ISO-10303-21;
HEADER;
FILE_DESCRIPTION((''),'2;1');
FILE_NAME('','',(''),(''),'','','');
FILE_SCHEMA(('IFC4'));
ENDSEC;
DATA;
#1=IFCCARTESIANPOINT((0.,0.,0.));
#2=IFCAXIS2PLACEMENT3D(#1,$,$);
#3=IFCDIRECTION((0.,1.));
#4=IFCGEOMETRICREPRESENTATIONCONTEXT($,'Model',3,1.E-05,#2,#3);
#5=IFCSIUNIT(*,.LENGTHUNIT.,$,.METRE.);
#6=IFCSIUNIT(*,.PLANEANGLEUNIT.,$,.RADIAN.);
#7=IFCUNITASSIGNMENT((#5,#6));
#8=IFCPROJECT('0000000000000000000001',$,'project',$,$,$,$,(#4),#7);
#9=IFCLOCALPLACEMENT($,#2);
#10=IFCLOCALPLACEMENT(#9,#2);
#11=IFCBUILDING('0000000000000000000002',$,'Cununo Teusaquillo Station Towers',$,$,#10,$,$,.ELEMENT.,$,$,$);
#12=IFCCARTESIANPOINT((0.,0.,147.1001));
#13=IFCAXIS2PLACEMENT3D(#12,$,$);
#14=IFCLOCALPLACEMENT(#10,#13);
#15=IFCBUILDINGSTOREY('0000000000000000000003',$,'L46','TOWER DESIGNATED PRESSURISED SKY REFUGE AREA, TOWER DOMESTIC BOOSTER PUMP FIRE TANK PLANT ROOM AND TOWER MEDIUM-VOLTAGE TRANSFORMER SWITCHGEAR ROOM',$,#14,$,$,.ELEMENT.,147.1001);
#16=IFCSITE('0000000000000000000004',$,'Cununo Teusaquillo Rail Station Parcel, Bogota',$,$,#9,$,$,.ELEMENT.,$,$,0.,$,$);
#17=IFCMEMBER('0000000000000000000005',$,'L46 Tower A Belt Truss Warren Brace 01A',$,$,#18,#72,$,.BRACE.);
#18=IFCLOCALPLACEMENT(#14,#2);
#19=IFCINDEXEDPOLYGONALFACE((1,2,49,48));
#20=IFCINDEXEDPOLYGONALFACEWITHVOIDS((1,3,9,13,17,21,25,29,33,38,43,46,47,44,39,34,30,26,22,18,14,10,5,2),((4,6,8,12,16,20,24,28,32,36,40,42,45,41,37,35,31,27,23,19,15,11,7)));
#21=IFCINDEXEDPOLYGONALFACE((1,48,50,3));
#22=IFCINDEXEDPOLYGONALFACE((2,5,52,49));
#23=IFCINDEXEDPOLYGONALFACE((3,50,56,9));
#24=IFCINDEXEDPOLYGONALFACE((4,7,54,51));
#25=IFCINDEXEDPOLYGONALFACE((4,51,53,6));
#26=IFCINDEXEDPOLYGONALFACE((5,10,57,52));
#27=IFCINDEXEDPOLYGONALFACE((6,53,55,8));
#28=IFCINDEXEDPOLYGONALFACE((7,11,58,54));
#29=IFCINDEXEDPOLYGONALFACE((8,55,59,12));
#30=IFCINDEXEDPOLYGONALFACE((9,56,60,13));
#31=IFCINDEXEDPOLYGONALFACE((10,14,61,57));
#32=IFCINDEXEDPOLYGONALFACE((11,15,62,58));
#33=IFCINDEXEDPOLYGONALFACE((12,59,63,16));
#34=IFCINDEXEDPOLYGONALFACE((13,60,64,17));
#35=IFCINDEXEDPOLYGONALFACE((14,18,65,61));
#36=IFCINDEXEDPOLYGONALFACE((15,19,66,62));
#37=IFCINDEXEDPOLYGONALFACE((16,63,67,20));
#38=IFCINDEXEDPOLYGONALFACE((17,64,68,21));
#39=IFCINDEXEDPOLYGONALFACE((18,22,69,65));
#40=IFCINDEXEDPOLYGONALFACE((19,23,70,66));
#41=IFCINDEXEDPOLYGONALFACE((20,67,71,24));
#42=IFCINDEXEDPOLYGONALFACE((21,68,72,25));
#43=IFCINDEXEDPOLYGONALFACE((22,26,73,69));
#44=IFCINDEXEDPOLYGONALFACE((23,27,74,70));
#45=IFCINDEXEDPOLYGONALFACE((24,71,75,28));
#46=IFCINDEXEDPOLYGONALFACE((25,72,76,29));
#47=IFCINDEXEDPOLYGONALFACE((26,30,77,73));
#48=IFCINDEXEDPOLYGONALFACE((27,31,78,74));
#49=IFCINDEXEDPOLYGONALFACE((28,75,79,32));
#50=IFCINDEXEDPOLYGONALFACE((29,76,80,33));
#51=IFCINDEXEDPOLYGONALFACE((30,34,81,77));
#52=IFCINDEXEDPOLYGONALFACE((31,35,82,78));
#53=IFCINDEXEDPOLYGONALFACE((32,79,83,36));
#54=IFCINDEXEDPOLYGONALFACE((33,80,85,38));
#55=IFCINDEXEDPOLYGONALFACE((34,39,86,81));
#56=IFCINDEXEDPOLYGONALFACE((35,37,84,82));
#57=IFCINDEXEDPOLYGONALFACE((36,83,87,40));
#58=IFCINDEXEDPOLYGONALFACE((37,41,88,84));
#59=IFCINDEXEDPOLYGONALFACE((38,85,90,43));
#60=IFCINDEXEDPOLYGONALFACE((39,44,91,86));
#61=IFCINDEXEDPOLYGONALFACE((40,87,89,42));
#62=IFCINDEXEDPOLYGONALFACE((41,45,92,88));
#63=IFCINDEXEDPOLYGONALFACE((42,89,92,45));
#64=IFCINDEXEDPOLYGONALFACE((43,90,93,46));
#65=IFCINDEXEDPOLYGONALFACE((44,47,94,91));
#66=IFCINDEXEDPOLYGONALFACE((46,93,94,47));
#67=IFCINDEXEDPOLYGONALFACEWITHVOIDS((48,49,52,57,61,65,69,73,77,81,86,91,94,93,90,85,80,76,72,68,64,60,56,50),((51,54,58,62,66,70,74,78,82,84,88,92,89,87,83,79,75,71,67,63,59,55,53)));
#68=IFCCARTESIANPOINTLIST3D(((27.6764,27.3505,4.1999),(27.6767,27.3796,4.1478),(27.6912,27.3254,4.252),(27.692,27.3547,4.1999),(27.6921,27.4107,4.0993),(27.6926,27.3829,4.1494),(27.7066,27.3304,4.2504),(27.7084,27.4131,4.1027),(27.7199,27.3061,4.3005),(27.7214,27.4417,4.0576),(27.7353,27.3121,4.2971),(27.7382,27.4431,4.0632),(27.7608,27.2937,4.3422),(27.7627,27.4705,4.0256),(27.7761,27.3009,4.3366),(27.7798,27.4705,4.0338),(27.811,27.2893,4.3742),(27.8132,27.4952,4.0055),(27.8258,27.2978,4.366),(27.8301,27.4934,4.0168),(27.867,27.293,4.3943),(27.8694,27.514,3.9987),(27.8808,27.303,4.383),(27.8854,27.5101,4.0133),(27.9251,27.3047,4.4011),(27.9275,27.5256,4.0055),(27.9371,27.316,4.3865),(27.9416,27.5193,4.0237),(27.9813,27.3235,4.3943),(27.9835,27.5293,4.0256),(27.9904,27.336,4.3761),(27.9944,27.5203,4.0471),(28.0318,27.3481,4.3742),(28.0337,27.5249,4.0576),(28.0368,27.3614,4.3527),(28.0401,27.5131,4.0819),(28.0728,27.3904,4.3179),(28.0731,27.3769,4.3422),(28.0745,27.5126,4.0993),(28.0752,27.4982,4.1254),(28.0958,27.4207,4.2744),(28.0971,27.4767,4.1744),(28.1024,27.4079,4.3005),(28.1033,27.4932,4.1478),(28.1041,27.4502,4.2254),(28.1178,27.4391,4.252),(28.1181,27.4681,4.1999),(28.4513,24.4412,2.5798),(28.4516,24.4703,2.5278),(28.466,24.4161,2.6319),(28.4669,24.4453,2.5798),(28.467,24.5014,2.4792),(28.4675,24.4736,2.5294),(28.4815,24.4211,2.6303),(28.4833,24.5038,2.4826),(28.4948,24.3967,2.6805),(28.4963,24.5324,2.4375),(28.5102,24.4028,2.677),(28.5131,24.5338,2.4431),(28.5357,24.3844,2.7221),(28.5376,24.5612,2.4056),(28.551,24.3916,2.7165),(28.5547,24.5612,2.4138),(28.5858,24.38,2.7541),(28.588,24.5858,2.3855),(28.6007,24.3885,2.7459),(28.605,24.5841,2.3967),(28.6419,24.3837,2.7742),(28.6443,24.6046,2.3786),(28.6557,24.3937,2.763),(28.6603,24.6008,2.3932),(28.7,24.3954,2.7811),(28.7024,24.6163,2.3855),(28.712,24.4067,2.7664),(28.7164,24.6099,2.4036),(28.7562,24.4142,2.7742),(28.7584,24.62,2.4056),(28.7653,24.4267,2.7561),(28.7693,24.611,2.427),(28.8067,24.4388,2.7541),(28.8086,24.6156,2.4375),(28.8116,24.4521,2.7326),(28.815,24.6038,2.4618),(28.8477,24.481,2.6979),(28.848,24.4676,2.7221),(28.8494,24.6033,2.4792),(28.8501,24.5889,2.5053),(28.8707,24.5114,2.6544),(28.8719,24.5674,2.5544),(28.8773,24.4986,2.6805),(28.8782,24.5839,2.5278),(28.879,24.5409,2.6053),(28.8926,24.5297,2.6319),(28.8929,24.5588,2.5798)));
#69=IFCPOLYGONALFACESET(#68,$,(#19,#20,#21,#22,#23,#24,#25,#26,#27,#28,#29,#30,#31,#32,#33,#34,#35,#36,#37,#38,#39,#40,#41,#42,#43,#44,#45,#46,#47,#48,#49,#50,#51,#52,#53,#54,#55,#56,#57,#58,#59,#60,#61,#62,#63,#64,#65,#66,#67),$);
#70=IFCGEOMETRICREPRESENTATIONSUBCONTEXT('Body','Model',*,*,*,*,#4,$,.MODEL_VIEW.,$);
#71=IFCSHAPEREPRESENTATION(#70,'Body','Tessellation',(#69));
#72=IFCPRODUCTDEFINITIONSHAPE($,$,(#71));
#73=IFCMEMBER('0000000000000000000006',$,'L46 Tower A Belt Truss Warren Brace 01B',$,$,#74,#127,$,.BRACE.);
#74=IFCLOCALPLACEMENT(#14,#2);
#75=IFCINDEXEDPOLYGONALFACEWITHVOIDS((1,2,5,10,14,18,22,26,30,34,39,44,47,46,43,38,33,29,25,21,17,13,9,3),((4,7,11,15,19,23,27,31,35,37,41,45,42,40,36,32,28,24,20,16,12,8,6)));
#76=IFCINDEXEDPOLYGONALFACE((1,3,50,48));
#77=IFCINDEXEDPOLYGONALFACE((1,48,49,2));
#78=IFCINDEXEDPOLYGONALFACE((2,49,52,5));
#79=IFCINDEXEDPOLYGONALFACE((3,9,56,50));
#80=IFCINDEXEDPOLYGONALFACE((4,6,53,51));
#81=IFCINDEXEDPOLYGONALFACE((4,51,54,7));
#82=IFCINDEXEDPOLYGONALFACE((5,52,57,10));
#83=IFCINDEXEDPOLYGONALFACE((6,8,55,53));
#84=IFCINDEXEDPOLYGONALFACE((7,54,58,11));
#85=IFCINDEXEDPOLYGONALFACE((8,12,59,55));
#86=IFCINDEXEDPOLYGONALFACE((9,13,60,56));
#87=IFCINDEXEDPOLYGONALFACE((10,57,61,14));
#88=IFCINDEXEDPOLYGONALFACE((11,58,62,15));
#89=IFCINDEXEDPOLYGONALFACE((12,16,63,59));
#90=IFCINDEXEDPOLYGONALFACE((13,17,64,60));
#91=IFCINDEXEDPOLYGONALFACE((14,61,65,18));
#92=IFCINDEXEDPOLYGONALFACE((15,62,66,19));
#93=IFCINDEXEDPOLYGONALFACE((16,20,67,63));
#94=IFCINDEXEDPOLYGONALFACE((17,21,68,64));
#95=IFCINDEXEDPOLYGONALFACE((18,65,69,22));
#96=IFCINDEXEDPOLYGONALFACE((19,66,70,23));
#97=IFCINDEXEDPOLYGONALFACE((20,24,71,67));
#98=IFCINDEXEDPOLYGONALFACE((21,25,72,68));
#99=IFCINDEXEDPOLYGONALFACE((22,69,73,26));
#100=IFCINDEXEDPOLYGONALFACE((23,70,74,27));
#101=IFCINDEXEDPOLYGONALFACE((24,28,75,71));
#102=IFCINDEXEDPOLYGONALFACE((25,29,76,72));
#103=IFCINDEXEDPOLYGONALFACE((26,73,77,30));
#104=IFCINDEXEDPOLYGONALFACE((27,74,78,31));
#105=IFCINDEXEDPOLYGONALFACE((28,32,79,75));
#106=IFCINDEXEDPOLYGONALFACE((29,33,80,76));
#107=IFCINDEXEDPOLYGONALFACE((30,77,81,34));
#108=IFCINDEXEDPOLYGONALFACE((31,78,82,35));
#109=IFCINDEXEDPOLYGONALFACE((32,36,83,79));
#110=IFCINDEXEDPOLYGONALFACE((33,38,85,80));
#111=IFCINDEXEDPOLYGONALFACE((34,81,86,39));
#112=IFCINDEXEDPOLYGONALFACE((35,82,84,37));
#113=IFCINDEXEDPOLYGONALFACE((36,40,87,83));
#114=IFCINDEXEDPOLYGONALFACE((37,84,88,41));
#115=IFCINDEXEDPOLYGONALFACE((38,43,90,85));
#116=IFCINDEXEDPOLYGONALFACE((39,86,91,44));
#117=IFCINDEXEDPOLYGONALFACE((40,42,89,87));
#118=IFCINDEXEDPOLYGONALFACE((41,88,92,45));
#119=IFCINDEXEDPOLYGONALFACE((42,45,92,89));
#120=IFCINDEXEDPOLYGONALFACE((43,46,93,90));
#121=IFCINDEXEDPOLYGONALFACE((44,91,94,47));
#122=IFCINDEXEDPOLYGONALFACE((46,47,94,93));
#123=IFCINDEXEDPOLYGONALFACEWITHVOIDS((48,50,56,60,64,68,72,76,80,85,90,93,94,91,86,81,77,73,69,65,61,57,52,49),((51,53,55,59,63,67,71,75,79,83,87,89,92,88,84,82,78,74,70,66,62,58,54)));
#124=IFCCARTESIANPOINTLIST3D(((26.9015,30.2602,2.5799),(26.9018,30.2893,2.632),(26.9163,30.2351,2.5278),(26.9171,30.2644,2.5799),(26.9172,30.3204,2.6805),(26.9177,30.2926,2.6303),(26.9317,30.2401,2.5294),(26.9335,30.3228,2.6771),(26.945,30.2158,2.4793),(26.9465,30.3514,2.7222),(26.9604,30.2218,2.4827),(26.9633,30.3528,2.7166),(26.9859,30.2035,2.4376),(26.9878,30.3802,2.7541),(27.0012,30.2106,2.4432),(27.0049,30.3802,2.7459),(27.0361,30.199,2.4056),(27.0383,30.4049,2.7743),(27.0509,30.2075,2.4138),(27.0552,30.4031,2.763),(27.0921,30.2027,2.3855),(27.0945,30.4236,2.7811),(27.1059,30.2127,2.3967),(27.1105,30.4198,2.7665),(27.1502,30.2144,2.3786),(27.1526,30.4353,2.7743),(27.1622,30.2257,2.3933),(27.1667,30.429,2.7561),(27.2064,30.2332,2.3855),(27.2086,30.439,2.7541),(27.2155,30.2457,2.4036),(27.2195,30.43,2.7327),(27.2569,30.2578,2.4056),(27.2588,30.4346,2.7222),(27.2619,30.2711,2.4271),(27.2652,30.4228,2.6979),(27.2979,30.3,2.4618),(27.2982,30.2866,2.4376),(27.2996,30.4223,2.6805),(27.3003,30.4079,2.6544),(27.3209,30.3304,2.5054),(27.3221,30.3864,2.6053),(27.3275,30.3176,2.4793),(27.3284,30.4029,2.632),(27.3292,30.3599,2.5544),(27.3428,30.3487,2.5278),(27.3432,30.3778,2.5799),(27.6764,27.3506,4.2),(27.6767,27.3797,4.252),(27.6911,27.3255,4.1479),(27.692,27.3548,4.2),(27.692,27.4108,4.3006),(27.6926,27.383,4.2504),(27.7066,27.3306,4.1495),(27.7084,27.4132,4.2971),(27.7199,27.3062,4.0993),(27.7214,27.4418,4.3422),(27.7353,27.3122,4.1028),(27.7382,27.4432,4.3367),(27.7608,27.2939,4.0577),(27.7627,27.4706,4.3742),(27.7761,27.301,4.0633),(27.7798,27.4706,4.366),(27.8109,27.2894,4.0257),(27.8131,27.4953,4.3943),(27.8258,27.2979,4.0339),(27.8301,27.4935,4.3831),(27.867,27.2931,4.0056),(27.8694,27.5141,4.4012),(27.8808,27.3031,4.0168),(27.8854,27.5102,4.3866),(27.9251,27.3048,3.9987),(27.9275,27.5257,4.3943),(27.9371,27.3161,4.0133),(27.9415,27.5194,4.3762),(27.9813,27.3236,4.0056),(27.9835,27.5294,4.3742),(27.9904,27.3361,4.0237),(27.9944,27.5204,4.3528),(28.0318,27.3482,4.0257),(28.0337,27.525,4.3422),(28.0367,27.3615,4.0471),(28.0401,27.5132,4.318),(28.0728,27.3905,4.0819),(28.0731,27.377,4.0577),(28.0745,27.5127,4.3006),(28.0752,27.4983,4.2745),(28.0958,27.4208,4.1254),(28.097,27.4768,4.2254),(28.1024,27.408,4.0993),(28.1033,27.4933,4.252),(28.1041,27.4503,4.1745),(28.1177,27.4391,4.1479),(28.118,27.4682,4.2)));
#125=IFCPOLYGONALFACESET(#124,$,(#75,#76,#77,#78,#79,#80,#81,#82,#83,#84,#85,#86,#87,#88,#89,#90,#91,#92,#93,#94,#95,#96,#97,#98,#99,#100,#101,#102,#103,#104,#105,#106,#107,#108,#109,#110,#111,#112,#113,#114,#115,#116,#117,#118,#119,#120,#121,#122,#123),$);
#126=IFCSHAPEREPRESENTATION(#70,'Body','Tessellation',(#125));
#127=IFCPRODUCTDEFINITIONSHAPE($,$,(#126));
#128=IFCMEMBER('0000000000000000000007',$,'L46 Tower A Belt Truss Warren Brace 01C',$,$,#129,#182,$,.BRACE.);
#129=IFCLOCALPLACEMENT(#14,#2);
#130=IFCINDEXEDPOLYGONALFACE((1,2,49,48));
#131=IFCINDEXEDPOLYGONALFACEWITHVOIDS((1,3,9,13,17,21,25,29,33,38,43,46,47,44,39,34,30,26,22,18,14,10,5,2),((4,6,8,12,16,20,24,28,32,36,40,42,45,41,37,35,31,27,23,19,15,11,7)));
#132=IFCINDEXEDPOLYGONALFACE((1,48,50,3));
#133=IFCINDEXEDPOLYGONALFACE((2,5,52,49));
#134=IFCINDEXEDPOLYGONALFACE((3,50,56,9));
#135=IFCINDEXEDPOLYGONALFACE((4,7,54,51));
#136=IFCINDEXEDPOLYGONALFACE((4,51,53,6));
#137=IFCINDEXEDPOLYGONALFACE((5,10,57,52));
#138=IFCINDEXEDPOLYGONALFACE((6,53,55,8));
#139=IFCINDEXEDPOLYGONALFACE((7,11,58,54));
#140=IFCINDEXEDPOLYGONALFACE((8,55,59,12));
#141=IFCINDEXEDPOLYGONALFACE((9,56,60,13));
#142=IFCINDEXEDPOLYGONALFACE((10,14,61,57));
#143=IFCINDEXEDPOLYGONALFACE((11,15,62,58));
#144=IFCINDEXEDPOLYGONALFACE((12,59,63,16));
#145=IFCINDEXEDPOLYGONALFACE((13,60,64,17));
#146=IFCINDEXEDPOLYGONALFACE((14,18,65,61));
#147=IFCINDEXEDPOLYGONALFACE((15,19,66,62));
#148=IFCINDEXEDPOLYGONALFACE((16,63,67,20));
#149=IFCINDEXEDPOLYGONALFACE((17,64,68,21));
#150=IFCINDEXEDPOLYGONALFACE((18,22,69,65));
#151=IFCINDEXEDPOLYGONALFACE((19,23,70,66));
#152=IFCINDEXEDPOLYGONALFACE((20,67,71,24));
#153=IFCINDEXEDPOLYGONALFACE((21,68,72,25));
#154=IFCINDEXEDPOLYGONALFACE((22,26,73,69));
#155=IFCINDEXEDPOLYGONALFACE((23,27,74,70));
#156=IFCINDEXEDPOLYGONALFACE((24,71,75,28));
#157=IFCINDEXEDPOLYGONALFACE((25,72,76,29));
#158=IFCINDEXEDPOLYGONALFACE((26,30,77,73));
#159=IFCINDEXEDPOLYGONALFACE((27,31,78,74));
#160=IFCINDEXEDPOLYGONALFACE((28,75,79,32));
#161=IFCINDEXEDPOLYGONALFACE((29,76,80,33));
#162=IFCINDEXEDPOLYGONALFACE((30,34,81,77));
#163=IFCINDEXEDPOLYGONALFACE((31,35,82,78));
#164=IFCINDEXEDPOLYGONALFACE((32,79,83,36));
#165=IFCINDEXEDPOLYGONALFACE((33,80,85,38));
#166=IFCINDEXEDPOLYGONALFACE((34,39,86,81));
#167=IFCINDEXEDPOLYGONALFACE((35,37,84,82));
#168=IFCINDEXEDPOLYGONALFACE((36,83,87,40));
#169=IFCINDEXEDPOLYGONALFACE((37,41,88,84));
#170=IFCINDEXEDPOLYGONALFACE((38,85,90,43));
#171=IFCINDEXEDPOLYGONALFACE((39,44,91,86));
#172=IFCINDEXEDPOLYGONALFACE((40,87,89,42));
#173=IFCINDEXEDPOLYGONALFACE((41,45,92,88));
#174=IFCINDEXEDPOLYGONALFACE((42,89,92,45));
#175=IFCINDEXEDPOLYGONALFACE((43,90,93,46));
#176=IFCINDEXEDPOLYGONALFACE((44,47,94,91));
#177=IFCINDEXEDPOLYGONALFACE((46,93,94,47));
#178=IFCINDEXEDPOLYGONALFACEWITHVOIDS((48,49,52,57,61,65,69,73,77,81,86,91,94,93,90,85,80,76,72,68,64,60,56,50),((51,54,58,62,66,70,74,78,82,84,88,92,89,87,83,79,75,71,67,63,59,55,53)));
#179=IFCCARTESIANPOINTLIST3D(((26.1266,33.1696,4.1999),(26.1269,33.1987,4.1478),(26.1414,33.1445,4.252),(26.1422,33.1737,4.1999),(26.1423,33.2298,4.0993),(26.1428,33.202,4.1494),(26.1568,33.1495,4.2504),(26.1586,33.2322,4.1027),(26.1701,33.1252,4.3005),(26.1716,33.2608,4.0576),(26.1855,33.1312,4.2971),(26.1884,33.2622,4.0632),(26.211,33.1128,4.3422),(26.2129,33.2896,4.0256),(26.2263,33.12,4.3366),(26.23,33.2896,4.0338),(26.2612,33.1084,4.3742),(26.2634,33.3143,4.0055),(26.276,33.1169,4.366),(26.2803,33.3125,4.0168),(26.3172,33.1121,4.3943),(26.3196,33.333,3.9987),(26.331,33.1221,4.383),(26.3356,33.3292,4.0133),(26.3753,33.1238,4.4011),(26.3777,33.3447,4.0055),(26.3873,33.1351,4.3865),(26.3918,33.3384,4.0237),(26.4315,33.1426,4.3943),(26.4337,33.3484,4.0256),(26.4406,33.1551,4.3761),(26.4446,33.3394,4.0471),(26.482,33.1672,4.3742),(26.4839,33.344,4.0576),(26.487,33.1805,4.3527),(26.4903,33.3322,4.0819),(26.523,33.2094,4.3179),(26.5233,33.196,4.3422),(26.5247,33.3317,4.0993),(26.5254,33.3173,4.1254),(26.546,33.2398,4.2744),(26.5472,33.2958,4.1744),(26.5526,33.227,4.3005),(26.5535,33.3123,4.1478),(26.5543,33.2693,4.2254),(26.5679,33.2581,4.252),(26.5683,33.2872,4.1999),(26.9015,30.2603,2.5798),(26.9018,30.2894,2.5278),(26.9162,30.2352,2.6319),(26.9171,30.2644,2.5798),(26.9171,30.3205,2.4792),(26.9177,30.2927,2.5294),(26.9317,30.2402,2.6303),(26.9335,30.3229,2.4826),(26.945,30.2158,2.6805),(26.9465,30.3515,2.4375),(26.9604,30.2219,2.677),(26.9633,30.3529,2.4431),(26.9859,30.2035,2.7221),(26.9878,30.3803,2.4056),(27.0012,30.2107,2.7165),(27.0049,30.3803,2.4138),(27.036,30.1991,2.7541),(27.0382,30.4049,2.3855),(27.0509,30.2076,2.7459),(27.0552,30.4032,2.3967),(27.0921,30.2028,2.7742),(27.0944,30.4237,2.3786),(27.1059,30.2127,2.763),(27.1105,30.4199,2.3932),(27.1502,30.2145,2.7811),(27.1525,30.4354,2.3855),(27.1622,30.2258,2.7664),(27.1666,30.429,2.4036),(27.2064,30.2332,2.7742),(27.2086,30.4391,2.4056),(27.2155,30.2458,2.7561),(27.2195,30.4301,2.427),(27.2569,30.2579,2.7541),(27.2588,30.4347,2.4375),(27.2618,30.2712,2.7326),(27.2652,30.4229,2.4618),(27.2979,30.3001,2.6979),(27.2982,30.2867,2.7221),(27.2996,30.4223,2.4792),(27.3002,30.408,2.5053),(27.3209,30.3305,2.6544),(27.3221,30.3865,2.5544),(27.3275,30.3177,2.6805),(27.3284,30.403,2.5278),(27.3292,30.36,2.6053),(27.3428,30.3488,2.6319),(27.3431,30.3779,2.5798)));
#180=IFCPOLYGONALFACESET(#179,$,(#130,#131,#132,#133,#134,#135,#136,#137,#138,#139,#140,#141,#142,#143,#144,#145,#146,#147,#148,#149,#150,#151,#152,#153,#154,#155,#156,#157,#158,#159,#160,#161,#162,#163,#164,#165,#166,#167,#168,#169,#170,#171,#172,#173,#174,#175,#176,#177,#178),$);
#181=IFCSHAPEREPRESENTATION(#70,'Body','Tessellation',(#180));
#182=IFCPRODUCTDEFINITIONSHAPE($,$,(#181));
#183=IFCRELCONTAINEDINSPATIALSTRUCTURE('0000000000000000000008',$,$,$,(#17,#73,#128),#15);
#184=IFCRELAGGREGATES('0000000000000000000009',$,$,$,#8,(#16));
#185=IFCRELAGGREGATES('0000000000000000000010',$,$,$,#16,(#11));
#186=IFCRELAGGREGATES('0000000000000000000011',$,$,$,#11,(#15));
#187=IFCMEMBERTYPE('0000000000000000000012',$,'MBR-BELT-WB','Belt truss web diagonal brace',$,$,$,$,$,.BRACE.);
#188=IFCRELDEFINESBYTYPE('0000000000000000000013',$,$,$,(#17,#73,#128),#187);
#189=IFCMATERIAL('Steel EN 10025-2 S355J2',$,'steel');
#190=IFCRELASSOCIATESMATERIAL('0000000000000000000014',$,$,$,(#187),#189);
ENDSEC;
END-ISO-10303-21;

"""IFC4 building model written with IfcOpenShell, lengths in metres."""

from ifc_helpers import new_model, si_unit, direction, frame, origin, origin_2d, place, context, subcontext, project, spatial, hollow_circle, extrude, material, material_profile, profile_set, type_object, element, save


model = new_model("IFC4")

# Units and contexts
model_context = context("Model", 3, precision=1e-05, world=origin(), true_north=direction((0.0, 1.0)))
body_context = subcontext(model_context, "Body", "Model", "MODEL_VIEW")
ifc_project = project(units=[si_unit("LENGTHUNIT", "METRE"), si_unit("PLANEANGLEUNIT", "RADIAN")], contexts=[model_context])

# Site, building, storey
site_placement = place(None, origin())
site = spatial("IfcSite", under=ifc_project, at=site_placement, Name="Cununo Teusaquillo Rail Station Parcel, Bogota", CompositionType="ELEMENT", RefElevation=0.0)
building_placement = place(site_placement, origin())
building = spatial("IfcBuilding", under=site, at=building_placement, Name="Cununo Teusaquillo Station Towers", CompositionType="ELEMENT")
storey_placement = place(building_placement, frame((0.0, 0.0, 147.1001)))
storey = spatial("IfcBuildingStorey", under=building, at=storey_placement, Name="L46", Description="TOWER DESIGNATED PRESSURISED SKY REFUGE AREA, TOWER DOMESTIC BOOSTER PUMP FIRE TANK PLANT ROOM AND TOWER MEDIUM-VOLTAGE TRANSFORMER SWITCHGEAR ROOM", CompositionType="ELEMENT", Elevation=147.1001)

# Members
ifc_material_1 = material(Name="Steel EN 10025-2 S355J2", Category="steel")
ifc_material_profile_1 = material_profile(ifc_material_1, hollow_circle(Radius=0.2285, WallThickness=0.0161, at=origin_2d()), Name="CHS 457x16")
ifc_profile_set_1 = profile_set([ifc_material_profile_1], Name="Steel EN 10025-2 S355J2")
member_type_1 = type_object("IfcMemberType", Name="MBR-BELT-WB", Description="Belt truss web diagonal brace", PredefinedType="BRACE", material=ifc_profile_set_1)
member_1_placement = place(storey_placement, frame((28.6721, 24.5, 2.5798), z_axis=(-0.226642, 0.850942, 0.473848), x_axis=(-0.966313, -0.25737, 0.0)))
element("IfcMember", 1, at=member_1_placement, inside=storey, type_object=member_type_1, Name="L46 Tower A Belt Truss Warren Brace 01A", PredefinedType="BRACE", context=body_context, shape_type="SweptSolid", body=[
    extrude(hollow_circle(Radius=0.2285, WallThickness=0.0161, at=origin_2d()), origin(), (0.0, 0.0, 1.0), 3.4189),
])
member_2_placement = place(storey_placement, frame((27.8972, 27.4094, 4.2), z_axis=(-0.226628, 0.850961, -0.473819), x_axis=(-0.966318, -0.25735, 0.0)))
element("IfcMember", 2, at=member_2_placement, inside=storey, type_object=member_type_1, Name="L46 Tower A Belt Truss Warren Brace 01B", PredefinedType="BRACE", context=body_context, shape_type="SweptSolid", body=[
    extrude(hollow_circle(Radius=0.2285, WallThickness=0.0161, at=origin_2d()), origin(), (0.0, 0.0, 1.0), 3.4192),
])
member_3_placement = place(storey_placement, frame((27.1223, 30.3191, 2.5798), z_axis=(-0.226642, 0.850942, 0.473848), x_axis=(-0.966313, -0.25737, 0.0)))
element("IfcMember", 3, at=member_3_placement, inside=storey, type_object=member_type_1, Name="L46 Tower A Belt Truss Warren Brace 01C", PredefinedType="BRACE", context=body_context, shape_type="SweptSolid", body=[
    extrude(hollow_circle(Radius=0.2285, WallThickness=0.0161, at=origin_2d()), origin(), (0.0, 0.0, 1.0), 3.4189),
])

save(model, "model.ifc")
